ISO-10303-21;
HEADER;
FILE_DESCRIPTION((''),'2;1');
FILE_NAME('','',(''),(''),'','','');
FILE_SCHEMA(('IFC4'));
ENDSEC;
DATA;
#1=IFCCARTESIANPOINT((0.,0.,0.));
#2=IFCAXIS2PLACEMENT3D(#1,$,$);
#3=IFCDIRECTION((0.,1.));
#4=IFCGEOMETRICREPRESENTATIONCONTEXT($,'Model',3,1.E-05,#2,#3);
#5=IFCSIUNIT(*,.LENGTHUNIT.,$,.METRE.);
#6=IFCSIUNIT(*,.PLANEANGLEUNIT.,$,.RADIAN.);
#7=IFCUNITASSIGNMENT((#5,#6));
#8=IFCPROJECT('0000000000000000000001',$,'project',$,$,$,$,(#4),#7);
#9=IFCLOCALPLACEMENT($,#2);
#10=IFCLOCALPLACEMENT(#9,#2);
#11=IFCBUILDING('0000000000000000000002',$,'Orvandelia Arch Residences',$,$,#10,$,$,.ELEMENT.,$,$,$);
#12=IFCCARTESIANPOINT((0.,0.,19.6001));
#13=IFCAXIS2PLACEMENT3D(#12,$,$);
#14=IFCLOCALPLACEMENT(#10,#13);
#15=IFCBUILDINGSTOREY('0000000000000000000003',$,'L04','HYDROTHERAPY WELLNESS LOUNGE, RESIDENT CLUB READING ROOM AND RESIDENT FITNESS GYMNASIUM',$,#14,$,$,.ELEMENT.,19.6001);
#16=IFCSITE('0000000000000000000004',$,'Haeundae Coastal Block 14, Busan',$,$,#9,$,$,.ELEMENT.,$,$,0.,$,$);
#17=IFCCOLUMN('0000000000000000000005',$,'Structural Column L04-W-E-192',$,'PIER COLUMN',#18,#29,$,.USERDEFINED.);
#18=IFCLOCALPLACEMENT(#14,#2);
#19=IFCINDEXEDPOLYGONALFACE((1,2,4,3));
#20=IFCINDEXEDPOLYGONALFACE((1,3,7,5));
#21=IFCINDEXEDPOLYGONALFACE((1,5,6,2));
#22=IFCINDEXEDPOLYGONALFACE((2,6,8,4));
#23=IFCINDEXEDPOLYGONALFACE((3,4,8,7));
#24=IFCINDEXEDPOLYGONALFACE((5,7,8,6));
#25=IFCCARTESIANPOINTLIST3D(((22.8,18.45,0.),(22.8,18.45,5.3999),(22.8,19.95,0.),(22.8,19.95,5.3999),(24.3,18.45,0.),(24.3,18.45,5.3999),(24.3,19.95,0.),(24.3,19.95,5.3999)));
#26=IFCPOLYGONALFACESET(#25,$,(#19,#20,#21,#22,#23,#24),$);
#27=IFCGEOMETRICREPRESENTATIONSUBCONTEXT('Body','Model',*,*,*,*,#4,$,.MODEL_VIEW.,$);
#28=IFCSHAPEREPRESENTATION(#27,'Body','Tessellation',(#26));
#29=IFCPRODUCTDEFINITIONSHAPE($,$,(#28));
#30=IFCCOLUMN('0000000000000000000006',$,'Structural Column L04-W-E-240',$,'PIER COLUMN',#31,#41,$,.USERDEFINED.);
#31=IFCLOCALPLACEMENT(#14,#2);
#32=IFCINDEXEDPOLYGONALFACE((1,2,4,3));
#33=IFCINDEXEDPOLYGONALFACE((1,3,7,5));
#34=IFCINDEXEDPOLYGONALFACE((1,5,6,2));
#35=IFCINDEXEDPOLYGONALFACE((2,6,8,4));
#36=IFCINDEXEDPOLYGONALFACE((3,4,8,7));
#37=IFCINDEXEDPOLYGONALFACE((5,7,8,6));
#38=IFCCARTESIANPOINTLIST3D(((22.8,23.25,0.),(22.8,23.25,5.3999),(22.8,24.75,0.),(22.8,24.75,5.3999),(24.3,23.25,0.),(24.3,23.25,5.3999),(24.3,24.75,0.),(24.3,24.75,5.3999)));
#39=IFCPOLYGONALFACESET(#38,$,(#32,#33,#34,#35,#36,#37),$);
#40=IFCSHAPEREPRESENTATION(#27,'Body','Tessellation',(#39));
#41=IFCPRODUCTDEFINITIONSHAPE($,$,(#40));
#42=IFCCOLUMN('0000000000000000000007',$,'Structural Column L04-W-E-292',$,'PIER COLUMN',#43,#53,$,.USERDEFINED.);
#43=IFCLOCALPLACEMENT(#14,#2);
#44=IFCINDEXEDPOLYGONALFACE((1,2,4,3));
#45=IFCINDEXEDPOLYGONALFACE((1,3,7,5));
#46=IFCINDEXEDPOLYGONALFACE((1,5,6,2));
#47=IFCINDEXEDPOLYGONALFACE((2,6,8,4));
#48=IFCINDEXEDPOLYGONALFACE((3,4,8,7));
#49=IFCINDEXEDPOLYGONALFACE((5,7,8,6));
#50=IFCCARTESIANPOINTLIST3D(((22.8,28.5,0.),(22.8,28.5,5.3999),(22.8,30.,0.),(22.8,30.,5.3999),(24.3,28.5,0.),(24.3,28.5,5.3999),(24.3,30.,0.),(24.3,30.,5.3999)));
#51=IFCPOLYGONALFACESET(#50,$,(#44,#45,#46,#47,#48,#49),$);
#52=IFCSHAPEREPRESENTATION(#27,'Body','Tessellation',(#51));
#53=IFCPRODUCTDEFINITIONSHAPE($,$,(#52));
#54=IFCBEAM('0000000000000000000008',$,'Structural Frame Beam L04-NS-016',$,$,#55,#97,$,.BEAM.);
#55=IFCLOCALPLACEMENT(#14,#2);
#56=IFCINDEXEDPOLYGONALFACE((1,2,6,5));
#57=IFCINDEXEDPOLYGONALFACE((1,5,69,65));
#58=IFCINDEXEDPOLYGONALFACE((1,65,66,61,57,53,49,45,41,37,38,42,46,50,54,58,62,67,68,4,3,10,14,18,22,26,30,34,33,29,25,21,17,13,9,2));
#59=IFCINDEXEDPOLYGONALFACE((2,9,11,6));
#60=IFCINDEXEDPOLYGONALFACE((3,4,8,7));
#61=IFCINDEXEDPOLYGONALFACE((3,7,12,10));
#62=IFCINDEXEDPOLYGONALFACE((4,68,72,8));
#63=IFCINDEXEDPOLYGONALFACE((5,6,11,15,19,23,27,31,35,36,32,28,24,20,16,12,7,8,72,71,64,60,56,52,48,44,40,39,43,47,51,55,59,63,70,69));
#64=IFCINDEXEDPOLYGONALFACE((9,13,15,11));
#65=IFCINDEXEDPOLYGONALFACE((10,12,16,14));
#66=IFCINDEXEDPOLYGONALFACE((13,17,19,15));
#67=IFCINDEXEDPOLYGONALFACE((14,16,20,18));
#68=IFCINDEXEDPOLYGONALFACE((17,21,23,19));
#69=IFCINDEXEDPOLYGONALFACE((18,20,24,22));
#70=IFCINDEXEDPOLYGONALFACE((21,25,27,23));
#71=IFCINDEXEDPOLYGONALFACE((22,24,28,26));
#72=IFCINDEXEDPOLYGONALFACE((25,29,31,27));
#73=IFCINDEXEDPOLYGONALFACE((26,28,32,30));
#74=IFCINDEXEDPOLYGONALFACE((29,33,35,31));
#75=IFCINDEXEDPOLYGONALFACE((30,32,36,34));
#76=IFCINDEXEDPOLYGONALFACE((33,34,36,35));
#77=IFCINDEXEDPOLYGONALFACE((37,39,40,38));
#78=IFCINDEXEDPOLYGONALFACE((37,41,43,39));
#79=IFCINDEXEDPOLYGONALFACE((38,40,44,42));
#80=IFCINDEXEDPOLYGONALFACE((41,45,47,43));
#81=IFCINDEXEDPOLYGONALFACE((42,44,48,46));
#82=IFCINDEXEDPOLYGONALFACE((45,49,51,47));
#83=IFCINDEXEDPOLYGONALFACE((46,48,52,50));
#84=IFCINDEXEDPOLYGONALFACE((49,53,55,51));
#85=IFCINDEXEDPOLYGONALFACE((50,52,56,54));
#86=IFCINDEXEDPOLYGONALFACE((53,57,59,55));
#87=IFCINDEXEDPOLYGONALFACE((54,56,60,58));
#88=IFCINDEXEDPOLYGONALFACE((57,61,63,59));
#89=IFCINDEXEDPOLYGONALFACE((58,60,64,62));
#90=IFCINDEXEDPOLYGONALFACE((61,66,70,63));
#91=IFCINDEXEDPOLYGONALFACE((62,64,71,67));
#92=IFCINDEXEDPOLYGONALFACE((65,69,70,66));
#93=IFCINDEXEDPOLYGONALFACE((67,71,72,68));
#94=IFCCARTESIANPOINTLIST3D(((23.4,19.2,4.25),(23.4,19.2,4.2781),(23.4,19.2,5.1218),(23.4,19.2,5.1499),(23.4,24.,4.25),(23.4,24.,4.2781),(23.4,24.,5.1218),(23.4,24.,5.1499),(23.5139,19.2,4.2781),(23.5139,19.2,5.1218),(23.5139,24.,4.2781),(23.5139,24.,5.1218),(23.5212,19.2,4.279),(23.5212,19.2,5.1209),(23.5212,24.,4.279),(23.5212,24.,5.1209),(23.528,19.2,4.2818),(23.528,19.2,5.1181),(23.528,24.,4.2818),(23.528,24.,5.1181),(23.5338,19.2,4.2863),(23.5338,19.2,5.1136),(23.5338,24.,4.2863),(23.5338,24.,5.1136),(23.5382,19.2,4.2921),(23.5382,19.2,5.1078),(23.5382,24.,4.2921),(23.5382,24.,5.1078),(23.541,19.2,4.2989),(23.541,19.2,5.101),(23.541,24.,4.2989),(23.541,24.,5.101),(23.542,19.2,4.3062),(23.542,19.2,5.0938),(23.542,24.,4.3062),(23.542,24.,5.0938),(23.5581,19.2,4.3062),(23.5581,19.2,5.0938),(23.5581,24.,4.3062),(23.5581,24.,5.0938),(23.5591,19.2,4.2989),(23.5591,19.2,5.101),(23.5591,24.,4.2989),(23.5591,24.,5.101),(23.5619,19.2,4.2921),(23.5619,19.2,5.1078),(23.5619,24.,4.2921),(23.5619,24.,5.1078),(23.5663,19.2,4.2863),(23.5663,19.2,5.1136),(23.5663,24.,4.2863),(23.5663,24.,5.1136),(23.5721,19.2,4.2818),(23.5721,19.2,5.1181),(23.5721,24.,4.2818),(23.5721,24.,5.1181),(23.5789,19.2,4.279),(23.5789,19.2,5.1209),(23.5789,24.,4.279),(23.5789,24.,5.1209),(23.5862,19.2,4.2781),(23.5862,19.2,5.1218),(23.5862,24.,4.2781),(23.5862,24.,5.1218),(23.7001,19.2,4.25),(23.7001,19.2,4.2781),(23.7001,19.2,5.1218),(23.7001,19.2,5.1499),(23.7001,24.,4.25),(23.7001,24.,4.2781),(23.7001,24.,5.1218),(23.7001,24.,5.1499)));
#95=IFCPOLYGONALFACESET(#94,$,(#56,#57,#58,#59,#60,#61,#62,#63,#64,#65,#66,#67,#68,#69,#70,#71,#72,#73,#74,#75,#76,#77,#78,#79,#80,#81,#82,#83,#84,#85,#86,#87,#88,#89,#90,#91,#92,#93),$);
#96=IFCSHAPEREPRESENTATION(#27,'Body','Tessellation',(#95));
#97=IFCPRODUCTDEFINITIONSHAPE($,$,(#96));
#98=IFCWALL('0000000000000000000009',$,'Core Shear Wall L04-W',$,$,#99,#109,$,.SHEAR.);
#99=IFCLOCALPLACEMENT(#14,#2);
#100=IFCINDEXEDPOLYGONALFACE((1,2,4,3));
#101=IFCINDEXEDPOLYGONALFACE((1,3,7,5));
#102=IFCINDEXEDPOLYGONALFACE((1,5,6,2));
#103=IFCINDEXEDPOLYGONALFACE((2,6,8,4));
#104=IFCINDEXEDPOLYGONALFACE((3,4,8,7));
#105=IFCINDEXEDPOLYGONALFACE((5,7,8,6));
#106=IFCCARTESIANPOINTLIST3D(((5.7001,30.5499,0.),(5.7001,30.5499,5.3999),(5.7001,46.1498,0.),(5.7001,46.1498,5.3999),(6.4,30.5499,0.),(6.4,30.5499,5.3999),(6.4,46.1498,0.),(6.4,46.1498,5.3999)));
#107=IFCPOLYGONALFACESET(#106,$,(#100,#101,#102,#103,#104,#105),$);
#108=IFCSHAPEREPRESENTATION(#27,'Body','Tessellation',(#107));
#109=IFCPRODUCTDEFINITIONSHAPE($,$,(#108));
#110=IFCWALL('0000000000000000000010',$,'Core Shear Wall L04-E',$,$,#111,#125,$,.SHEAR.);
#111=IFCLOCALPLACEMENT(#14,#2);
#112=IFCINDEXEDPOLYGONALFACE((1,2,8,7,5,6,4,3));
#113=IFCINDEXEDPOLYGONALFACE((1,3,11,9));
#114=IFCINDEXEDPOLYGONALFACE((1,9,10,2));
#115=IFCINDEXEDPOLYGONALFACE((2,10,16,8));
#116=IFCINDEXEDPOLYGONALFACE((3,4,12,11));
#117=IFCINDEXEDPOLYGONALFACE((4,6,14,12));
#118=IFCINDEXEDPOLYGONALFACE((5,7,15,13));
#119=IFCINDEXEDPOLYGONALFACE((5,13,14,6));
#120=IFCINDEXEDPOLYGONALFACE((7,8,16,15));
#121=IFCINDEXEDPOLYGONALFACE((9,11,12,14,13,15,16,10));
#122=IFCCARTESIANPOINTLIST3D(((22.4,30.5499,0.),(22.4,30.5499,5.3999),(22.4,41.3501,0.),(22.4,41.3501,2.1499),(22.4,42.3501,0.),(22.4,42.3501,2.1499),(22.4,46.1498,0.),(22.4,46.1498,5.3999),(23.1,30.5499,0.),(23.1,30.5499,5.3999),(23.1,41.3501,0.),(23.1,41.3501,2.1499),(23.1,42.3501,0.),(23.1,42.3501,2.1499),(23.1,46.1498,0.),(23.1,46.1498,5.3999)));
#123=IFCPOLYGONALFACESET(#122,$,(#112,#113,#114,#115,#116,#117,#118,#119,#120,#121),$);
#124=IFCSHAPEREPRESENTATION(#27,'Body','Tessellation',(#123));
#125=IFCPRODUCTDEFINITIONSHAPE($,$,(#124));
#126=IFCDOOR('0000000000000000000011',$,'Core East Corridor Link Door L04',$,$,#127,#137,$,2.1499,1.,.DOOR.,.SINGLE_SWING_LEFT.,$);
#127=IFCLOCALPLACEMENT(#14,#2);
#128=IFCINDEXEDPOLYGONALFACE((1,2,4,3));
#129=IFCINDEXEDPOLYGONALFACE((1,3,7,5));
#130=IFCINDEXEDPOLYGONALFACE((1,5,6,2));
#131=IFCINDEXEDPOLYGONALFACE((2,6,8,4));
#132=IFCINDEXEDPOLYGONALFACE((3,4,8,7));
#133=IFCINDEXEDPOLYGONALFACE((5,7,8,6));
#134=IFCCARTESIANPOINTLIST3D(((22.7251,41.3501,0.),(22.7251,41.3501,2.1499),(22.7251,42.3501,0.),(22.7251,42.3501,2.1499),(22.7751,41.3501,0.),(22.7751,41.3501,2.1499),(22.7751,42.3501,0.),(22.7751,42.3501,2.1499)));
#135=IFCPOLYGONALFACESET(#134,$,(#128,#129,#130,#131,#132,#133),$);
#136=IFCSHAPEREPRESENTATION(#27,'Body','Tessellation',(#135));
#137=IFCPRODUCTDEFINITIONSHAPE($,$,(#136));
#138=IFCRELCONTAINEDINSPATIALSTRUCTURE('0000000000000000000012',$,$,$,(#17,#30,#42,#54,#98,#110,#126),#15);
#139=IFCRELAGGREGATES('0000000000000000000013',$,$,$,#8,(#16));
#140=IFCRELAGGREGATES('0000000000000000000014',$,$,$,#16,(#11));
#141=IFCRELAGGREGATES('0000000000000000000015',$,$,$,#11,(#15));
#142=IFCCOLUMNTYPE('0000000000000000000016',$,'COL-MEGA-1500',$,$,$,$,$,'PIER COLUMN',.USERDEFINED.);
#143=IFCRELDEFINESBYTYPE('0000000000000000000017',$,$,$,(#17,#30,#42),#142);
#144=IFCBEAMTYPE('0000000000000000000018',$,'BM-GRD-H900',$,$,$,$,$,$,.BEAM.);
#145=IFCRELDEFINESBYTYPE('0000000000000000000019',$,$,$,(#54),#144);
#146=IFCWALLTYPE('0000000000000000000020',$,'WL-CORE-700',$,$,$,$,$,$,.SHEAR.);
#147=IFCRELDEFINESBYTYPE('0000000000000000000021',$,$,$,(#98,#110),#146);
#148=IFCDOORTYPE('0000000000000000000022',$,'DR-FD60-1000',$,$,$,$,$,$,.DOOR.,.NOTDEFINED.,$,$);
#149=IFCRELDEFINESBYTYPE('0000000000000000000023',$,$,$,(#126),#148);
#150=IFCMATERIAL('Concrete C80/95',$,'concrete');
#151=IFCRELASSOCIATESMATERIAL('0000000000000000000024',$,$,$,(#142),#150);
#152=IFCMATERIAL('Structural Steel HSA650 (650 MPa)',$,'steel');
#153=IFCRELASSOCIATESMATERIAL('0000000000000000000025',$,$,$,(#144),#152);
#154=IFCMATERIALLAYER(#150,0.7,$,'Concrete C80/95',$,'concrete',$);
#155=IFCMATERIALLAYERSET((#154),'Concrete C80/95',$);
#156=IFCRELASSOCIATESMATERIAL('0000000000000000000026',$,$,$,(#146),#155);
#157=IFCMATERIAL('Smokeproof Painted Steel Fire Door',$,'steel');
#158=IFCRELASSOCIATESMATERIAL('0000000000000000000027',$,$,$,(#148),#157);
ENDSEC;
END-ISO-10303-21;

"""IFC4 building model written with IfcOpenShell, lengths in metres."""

from ifc_helpers import new_model, si_unit, direction, frame, frame_2d, origin, origin_2d, place, context, subcontext, project, spatial, rectangle, i_section, extrude, material, layer, layer_set, material_profile, profile_set, type_object, element, fill, save


model = new_model("IFC4")

# Units and contexts
model_context = context("Model", 3, precision=1e-05, world=origin(), true_north=direction((0.0, 1.0)))
body_context = subcontext(model_context, "Body", "Model", "MODEL_VIEW")
ifc_project = project(units=[si_unit("LENGTHUNIT", "METRE"), si_unit("PLANEANGLEUNIT", "RADIAN")], contexts=[model_context])

# Site, building, storey
site_placement = place(None, origin())
site = spatial("IfcSite", under=ifc_project, at=site_placement, Name="Haeundae Coastal Block 14, Busan", CompositionType="ELEMENT", RefElevation=0.0)
building_placement = place(site_placement, origin())
building = spatial("IfcBuilding", under=site, at=building_placement, Name="Orvandelia Arch Residences", CompositionType="ELEMENT")
storey_placement = place(building_placement, frame((0.0, 0.0, 19.6001)))
storey = spatial("IfcBuildingStorey", under=building, at=storey_placement, Name="L04", Description="HYDROTHERAPY WELLNESS LOUNGE, RESIDENT CLUB READING ROOM AND RESIDENT FITNESS GYMNASIUM", CompositionType="ELEMENT", Elevation=19.6001)

# Columns
ifc_material_1 = material(Name="Concrete C80/95", Category="concrete")
ifc_material_profile_1 = material_profile(ifc_material_1, rectangle(XDim=1.5, YDim=1.5, at=origin_2d()), Name="Concrete C80/95", Category="concrete")
ifc_profile_set_1 = profile_set([ifc_material_profile_1], Name="Concrete C80/95")
column_type = type_object("IfcColumnType", Name="COL-MEGA-1500", ElementType="PIER COLUMN", PredefinedType="USERDEFINED", material=ifc_profile_set_1)
for number, where, z_axis, x_axis, name in (
    (1, (23.55, 19.2, 0.0), (0.0, 0.0, 1.0), (1.0, 0.0, 0.0), "Structural Column L04-W-E-192"),
    (2, (23.55, 24.0, 0.0), (0.0, 0.0, 1.0), (1.0, 0.0, 0.0), "Structural Column L04-W-E-240"),
    (3, (23.55, 29.25, 0.0), (0.0, 0.0, 1.0), (1.0, 0.0, 0.0), "Structural Column L04-W-E-292"),
):
    element("IfcColumn", number, at=place(storey_placement, frame(where, z_axis=z_axis, x_axis=x_axis)), inside=storey, type_object=column_type, Name=name, ObjectType="PIER COLUMN", PredefinedType="USERDEFINED", context=body_context, shape_type="SweptSolid", body=[
        extrude(rectangle(XDim=1.5, YDim=1.5, at=origin_2d()), origin(), (0.0, 0.0, 1.0), 5.3999),
    ])

# Beam
ifc_material_2 = material(Name="Structural Steel HSA650 (650 MPa)", Category="steel")
ifc_material_profile_2 = material_profile(ifc_material_2, i_section(OverallWidth=0.3, OverallDepth=0.8999, WebThickness=0.0161, FlangeThickness=0.0281, FilletRadius=0.0281, at=origin_2d()), Name="Structural Steel HSA650 (650 MPa)", Category="steel")
ifc_profile_set_2 = profile_set([ifc_material_profile_2], Name="Structural Steel HSA650 (650 MPa)")
beam_type = type_object("IfcBeamType", Name="BM-GRD-H900", PredefinedType="BEAM", material=ifc_profile_set_2)
beam_placement = place(storey_placement, frame((23.55, 19.2, 4.7), z_axis=(0.0, 1.0, 0.0), x_axis=(-1.0, 0.0, 0.0)))
element("IfcBeam", 4, at=beam_placement, inside=storey, type_object=beam_type, Name="Structural Frame Beam L04-NS-016", PredefinedType="BEAM", context=body_context, shape_type="SweptSolid", body=[
    extrude(i_section(OverallWidth=0.3, OverallDepth=0.8999, WebThickness=0.0161, FlangeThickness=0.0281, FilletRadius=0.0281, at=origin_2d()), origin(), (0.0, 0.0, 1.0), 4.8),
])

# Wall
ifc_layer_1 = layer(ifc_material_1, 0.7, Name="Concrete C80/95", Category="concrete")
ifc_layer_set_1 = layer_set([ifc_layer_1], Name="Concrete C80/95")
wall_type_1 = type_object("IfcWallType", Name="WL-CORE-700", PredefinedType="SHEAR", material=ifc_layer_set_1)
wall_1_placement = place(storey_placement, frame((6.05, 30.55, 0.0), z_axis=(0.0, 0.0, 1.0), x_axis=(0.0, 1.0, 0.0)))
element("IfcWall", 5, at=wall_1_placement, inside=storey, type_object=wall_type_1, Name="Core Shear Wall L04-W", PredefinedType="SHEAR", context=body_context, shape_type="SweptSolid", body=[
    extrude(rectangle(XDim=15.5999, YDim=0.7, at=frame_2d((7.7998, 0.0))), origin(), (0.0, 0.0, 1.0), 5.3999),
])

# Wall, opening, door
wall_2_placement = place(storey_placement, frame((22.75, 30.55, 0.0), z_axis=(0.0, 0.0, 1.0), x_axis=(0.0, 1.0, 0.0)))
wall_2 = element("IfcWall", 6, at=wall_2_placement, inside=storey, type_object=wall_type_1, Name="Core Shear Wall L04-E", PredefinedType="SHEAR", context=body_context, shape_type="SweptSolid", body=[
    extrude(rectangle(XDim=15.5999, YDim=0.7, at=frame_2d((7.7998, 0.0))), origin(), (0.0, 0.0, 1.0), 5.3999),
])
opening_1_placement = place(wall_2_placement, frame((10.8, 0.0, 0.0)))
opening_1 = element("IfcOpeningElement", 7, at=opening_1_placement, cuts=wall_2, PredefinedType="OPENING", context=body_context, shape_type="SweptSolid", body=[
    extrude(rectangle(XDim=1.0, YDim=2.1499, at=frame_2d((0.5, 1.075))), frame((0.0, 0.3599, 0.0), z_axis=(0.0, -1.0, 0.0), x_axis=(1.0, 0.0, 0.0)), (0.0, 0.0, 1.0), 0.72),
])
ifc_material_3 = material(Name="Smokeproof Painted Steel Fire Door", Category="steel")
door_type_1 = type_object("IfcDoorType", Name="DR-FD60-1000", OperationType="NOTDEFINED", PredefinedType="DOOR", material=ifc_material_3)
door_1_placement = place(opening_1_placement, origin())
door_1 = element("IfcDoor", 8, at=door_1_placement, inside=storey, type_object=door_type_1, Name="Core East Corridor Link Door L04", OperationType="SINGLE_SWING_LEFT", OverallHeight=2.1499, OverallWidth=1.0, PredefinedType="DOOR", context=body_context, shape_type="SweptSolid", body=[
    extrude(rectangle(XDim=1.0, YDim=2.1499, at=frame_2d((0.5, 1.075))), frame((0.0, 0.0249, 0.0), z_axis=(0.0, -1.0, 0.0), x_axis=(1.0, 0.0, 0.0)), (0.0, 0.0, 1.0), 0.05),
])
fill(opening_1, door_1)

save(model, "model.ifc")
